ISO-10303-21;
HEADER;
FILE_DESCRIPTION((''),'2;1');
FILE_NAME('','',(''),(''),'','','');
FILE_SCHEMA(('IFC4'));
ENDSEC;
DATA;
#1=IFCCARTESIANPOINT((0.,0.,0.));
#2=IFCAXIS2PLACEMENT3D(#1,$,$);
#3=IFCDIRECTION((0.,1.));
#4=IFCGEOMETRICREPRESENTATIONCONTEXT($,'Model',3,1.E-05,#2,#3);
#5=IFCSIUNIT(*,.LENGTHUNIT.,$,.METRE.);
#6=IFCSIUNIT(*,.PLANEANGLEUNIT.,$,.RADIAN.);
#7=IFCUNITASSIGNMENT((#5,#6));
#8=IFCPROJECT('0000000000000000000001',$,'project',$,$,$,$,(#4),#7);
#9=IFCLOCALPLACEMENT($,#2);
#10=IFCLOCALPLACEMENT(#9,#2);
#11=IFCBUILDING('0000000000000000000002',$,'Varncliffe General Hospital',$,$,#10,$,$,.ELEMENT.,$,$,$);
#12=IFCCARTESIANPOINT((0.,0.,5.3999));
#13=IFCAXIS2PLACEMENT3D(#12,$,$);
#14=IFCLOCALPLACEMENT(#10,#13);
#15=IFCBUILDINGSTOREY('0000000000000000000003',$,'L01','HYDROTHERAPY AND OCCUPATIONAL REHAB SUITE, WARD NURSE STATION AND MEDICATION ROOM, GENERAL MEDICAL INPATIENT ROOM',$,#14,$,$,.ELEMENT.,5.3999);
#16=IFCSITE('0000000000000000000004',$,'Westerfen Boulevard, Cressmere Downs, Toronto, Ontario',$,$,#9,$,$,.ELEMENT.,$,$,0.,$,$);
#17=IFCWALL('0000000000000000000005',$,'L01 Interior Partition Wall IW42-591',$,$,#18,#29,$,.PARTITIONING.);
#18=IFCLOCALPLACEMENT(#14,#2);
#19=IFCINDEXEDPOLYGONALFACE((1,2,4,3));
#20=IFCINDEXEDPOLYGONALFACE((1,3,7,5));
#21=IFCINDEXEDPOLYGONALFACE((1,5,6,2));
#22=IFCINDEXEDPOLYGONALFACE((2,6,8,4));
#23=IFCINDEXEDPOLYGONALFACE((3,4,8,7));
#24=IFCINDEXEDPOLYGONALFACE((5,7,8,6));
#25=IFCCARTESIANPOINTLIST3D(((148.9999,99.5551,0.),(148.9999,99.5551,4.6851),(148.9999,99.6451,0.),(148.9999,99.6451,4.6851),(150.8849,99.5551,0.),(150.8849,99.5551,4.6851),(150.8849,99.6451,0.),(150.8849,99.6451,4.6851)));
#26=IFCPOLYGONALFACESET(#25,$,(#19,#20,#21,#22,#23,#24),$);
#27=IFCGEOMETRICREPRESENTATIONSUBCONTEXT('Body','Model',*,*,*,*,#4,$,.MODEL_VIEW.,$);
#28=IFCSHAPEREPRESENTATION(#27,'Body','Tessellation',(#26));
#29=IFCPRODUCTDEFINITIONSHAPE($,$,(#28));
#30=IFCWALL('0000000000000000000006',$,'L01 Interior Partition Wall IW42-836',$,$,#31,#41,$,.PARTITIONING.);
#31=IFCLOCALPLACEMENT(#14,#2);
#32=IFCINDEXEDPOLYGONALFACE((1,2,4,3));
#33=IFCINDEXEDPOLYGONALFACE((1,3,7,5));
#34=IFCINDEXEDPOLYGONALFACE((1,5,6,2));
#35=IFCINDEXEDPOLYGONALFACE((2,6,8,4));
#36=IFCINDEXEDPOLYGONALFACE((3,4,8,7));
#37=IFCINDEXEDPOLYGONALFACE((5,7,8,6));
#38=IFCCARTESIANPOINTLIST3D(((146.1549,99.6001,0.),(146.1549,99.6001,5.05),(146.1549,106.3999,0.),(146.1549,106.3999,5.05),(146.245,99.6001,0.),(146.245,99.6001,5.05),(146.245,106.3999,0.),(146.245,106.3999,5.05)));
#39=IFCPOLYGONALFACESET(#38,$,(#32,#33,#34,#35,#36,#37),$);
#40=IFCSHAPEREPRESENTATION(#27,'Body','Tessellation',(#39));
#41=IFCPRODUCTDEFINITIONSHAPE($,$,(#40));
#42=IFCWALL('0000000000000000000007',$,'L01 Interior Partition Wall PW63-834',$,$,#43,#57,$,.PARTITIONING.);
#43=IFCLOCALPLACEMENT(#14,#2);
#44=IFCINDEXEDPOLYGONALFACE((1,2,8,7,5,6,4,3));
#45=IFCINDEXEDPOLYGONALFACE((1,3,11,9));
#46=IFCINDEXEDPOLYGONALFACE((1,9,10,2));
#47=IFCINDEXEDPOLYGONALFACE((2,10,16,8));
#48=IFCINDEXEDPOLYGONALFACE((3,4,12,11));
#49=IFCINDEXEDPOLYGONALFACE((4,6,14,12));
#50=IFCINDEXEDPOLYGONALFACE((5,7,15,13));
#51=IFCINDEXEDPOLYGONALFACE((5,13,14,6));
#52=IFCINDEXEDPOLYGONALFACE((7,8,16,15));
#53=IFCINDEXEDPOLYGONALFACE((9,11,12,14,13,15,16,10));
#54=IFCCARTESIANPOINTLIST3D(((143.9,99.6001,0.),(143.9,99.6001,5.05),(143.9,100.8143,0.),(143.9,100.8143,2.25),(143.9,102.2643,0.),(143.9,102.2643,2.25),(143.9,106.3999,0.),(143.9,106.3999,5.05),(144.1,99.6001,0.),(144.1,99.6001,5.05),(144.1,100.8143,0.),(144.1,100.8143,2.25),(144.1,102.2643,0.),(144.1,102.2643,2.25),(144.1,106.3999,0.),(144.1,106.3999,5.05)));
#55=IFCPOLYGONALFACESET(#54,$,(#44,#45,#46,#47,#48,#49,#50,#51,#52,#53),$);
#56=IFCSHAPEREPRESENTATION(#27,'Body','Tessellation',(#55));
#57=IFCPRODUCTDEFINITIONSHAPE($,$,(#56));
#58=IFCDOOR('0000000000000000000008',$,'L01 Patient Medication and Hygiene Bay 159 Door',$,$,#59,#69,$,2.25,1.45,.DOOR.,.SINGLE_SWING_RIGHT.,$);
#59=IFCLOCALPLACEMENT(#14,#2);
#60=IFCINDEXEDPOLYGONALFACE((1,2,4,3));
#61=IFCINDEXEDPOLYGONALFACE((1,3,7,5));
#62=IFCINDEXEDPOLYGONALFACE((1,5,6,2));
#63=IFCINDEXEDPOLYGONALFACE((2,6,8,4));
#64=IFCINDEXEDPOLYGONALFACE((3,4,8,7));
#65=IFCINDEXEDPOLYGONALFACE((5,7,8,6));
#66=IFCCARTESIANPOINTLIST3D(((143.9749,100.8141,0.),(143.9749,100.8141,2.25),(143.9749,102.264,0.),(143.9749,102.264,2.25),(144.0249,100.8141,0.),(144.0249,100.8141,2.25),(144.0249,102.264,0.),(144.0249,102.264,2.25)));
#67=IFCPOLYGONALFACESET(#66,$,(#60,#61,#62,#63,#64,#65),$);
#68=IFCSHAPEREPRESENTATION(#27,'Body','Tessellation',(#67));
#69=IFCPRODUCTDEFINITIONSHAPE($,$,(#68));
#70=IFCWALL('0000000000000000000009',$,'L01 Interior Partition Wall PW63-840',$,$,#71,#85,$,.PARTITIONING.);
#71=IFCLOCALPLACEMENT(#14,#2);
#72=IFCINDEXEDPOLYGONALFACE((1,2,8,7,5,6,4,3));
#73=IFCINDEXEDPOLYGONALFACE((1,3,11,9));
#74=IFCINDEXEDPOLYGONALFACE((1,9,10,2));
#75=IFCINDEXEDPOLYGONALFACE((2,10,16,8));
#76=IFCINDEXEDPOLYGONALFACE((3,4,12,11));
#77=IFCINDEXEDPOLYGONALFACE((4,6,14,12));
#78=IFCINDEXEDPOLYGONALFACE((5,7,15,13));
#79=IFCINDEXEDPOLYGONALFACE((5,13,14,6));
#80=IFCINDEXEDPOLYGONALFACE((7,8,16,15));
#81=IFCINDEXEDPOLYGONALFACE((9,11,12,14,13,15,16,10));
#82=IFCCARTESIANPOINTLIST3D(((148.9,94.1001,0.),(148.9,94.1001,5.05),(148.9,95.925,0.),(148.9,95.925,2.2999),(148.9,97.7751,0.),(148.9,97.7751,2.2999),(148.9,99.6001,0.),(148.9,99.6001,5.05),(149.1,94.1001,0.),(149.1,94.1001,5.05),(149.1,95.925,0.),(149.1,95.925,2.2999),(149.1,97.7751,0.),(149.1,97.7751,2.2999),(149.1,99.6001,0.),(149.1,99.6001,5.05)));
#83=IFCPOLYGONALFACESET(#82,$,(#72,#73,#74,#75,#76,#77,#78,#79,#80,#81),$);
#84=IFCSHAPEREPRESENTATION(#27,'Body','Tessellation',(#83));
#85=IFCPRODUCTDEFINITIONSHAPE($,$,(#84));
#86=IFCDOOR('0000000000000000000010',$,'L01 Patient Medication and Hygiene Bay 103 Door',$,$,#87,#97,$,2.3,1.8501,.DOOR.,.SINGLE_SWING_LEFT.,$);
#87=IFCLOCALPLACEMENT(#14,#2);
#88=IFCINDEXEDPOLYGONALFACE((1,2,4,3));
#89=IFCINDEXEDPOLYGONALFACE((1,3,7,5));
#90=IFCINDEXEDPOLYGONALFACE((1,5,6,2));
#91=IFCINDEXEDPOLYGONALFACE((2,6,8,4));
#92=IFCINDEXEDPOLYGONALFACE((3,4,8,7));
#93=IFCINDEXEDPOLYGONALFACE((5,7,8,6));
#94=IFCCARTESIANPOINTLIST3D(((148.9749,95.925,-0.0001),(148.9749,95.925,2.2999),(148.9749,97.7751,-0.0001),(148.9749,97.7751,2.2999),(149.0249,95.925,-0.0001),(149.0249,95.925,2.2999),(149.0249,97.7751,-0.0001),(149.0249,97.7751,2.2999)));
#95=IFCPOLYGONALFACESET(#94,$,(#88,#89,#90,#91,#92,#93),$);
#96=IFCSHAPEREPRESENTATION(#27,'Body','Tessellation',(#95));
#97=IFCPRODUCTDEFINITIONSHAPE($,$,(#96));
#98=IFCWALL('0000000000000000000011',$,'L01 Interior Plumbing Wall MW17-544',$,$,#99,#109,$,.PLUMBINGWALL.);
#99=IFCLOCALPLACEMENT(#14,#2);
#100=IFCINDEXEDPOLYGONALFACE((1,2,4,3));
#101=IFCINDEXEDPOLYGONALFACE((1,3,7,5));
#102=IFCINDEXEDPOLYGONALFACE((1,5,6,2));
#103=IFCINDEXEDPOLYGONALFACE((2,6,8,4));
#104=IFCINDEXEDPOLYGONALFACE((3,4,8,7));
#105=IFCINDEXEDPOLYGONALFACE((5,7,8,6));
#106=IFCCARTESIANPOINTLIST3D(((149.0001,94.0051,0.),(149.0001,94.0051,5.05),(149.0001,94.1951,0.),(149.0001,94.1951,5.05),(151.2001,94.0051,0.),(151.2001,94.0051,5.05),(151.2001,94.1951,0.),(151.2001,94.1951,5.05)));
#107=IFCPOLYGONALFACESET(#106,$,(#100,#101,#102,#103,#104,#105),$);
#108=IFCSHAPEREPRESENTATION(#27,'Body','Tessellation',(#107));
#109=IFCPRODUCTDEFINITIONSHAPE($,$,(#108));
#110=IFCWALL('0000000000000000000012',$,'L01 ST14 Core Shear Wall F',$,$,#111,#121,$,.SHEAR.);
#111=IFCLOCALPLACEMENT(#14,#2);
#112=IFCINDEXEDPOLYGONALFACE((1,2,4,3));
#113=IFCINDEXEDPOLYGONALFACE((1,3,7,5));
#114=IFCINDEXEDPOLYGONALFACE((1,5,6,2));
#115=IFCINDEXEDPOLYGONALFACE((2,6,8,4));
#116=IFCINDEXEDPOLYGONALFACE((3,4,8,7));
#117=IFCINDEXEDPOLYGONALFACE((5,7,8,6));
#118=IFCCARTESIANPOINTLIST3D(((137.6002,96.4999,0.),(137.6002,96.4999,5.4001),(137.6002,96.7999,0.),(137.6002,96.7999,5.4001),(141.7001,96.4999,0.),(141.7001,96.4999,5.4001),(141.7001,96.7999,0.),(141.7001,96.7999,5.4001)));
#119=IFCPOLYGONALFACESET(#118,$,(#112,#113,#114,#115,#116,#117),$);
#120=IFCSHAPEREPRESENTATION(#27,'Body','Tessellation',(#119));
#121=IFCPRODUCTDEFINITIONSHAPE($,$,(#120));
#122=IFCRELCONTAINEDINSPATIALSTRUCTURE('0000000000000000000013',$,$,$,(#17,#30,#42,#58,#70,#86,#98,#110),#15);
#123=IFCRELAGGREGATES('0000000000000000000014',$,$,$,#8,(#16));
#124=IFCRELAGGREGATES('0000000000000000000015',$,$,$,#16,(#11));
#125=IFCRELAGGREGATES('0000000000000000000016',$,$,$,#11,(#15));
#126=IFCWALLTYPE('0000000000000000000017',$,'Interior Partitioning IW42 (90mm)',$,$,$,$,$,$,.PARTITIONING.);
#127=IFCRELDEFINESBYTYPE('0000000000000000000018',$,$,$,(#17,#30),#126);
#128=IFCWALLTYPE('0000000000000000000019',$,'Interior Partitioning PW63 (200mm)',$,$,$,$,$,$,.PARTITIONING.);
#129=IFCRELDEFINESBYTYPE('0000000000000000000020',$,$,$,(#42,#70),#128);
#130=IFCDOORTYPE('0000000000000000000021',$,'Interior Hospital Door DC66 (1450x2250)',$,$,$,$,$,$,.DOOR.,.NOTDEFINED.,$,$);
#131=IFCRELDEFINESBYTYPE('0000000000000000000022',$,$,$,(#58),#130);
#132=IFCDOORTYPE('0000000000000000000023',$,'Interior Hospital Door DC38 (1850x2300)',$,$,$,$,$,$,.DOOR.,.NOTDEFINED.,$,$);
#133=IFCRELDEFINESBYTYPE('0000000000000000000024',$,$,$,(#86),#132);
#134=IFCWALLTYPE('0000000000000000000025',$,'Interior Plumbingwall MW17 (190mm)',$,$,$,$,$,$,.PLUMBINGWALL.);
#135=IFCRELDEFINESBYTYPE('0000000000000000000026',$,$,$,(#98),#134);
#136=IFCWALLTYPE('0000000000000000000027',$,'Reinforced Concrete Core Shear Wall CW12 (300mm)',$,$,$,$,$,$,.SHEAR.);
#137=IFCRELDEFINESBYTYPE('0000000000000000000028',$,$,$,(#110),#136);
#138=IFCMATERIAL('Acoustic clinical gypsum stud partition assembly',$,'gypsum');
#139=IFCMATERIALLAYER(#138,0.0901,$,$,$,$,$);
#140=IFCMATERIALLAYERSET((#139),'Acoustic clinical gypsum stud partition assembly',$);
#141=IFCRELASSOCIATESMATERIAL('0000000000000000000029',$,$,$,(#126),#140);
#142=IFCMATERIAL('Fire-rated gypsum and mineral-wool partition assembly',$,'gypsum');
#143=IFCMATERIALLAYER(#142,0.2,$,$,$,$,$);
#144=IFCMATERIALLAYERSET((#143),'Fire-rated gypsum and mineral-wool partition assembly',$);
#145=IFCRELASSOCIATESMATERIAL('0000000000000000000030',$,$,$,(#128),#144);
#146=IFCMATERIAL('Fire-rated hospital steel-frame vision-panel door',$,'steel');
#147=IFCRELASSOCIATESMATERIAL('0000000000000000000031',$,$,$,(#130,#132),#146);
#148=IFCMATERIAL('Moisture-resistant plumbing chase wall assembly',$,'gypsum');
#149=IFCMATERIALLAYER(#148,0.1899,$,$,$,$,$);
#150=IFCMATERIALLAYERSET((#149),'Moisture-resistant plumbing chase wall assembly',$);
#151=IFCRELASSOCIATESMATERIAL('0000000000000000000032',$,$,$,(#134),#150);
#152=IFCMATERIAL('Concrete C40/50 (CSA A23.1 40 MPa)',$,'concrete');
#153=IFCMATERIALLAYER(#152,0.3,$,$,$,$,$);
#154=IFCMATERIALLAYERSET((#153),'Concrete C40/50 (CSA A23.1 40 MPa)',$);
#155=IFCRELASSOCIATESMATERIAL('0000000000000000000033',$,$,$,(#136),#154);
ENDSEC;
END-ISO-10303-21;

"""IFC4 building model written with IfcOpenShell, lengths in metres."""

from ifc_helpers import new_model, si_unit, direction, frame, frame_2d, origin, place, context, subcontext, project, spatial, rectangle, extrude, material, layer, layer_set, type_object, element, fill, save


model = new_model("IFC4")

# Units and contexts
model_context = context("Model", 3, precision=1e-05, world=origin(), true_north=direction((0.0, 1.0)))
body_context = subcontext(model_context, "Body", "Model", "MODEL_VIEW")
ifc_project = project(units=[si_unit("LENGTHUNIT", "METRE"), si_unit("PLANEANGLEUNIT", "RADIAN")], contexts=[model_context])

# Site, building, storey
site_placement = place(None, origin())
site = spatial("IfcSite", under=ifc_project, at=site_placement, Name="Westerfen Boulevard, Cressmere Downs, Toronto, Ontario", CompositionType="ELEMENT", RefElevation=0.0)
building_placement = place(site_placement, origin())
building = spatial("IfcBuilding", under=site, at=building_placement, Name="Varncliffe General Hospital", CompositionType="ELEMENT")
storey_placement = place(building_placement, frame((0.0, 0.0, 5.3999)))
storey = spatial("IfcBuildingStorey", under=building, at=storey_placement, Name="L01", Description="HYDROTHERAPY AND OCCUPATIONAL REHAB SUITE, WARD NURSE STATION AND MEDICATION ROOM, GENERAL MEDICAL INPATIENT ROOM", CompositionType="ELEMENT", Elevation=5.3999)

# Shared definitions
ifc_material_1 = material(Name="Concrete C40/50 (CSA A23.1 40 MPa)", Category="concrete")

# Walls
ifc_material_2 = material(Name="Acoustic clinical gypsum stud partition assembly", Category="gypsum")
ifc_layer_1 = layer(ifc_material_2, 0.0901)
ifc_layer_set_1 = layer_set([ifc_layer_1], Name="Acoustic clinical gypsum stud partition assembly")
wall_type_1 = type_object("IfcWallType", Name="Interior Partitioning IW42 (90mm)", PredefinedType="PARTITIONING", material=ifc_layer_set_1)
wall_1_placement = place(storey_placement, frame((149.0, 99.6001, 0.0), z_axis=(0.0, 0.0, 1.0), x_axis=(1.0, 0.0, 0.0)))
element("IfcWall", 1, at=wall_1_placement, inside=storey, type_object=wall_type_1, Name="L01 Interior Partition Wall IW42-591", PredefinedType="PARTITIONING", context=body_context, shape_type="SweptSolid", body=[
    extrude(rectangle(XDim=1.885, YDim=0.0901, at=frame_2d((0.9424, 0.0))), origin(), (0.0, 0.0, 1.0), 4.6851),
])
wall_2_placement = place(storey_placement, frame((146.2, 99.6001, 0.0), z_axis=(0.0, 0.0, 1.0), x_axis=(0.0, 1.0, 0.0)))
element("IfcWall", 2, at=wall_2_placement, inside=storey, type_object=wall_type_1, Name="L01 Interior Partition Wall IW42-836", PredefinedType="PARTITIONING", context=body_context, shape_type="SweptSolid", body=[
    extrude(rectangle(XDim=6.7998, YDim=0.0901, at=frame_2d((3.3999, 0.0))), origin(), (0.0, 0.0, 1.0), 5.05),
])

# Walls, openings, doors
ifc_material_3 = material(Name="Fire-rated gypsum and mineral-wool partition assembly", Category="gypsum")
ifc_layer_2 = layer(ifc_material_3, 0.2)
ifc_layer_set_2 = layer_set([ifc_layer_2], Name="Fire-rated gypsum and mineral-wool partition assembly")
wall_type_2 = type_object("IfcWallType", Name="Interior Partitioning PW63 (200mm)", PredefinedType="PARTITIONING", material=ifc_layer_set_2)
wall_3_placement = place(storey_placement, frame((144.0, 99.6001, 0.0), z_axis=(0.0, 0.0, 1.0), x_axis=(0.0, 1.0, 0.0)))
wall_3 = element("IfcWall", 3, at=wall_3_placement, inside=storey, type_object=wall_type_2, Name="L01 Interior Partition Wall PW63-834", PredefinedType="PARTITIONING", context=body_context, shape_type="SweptSolid", body=[
    extrude(rectangle(XDim=6.7998, YDim=0.2, at=frame_2d((3.3999, 0.0))), origin(), (0.0, 0.0, 1.0), 5.05),
])
opening_1_placement = place(wall_3_placement, frame((1.2141, 0.0, 0.0)))
opening_1 = element("IfcOpeningElement", 4, at=opening_1_placement, cuts=wall_3, PredefinedType="OPENING", context=body_context, shape_type="SweptSolid", body=[
    extrude(rectangle(XDim=1.45, YDim=2.25, at=frame_2d((0.7251, 1.125))), frame((0.0, 0.1099, 0.0), z_axis=(0.0, -1.0, 0.0), x_axis=(1.0, 0.0, 0.0)), (0.0, 0.0, 1.0), 0.22),
])
ifc_material_4 = material(Name="Fire-rated hospital steel-frame vision-panel door", Category="steel")
door_type_1 = type_object("IfcDoorType", Name="Interior Hospital Door DC66 (1450x2250)", OperationType="NOTDEFINED", PredefinedType="DOOR", material=ifc_material_4)
door_1_placement = place(opening_1_placement, frame((1.45, 0.0, 0.0), z_axis=(0.0, 0.0, 1.0), x_axis=(-1.0, 0.0, 0.0)))
door_1 = element("IfcDoor", 5, at=door_1_placement, inside=storey, type_object=door_type_1, Name="L01 Patient Medication and Hygiene Bay 159 Door", OperationType="SINGLE_SWING_RIGHT", OverallHeight=2.25, OverallWidth=1.45, PredefinedType="DOOR", context=body_context, shape_type="SweptSolid", body=[
    extrude(rectangle(XDim=1.45, YDim=2.25, at=frame_2d((0.7251, 1.125))), frame((0.0, 0.0249, 0.0), z_axis=(0.0, -1.0, 0.0), x_axis=(1.0, 0.0, 0.0)), (0.0, 0.0, 1.0), 0.05),
])
fill(opening_1, door_1)
wall_4_placement = place(storey_placement, frame((149.0, 94.1001, 0.0), z_axis=(0.0, 0.0, 1.0), x_axis=(0.0, 1.0, 0.0)))
wall_4 = element("IfcWall", 6, at=wall_4_placement, inside=storey, type_object=wall_type_2, Name="L01 Interior Partition Wall PW63-840", PredefinedType="PARTITIONING", context=body_context, shape_type="SweptSolid", body=[
    extrude(rectangle(XDim=5.5, YDim=0.2, at=frame_2d((2.75, 0.0))), origin(), (0.0, 0.0, 1.0), 5.05),
])
opening_2_placement = place(wall_4_placement, frame((1.825, 0.0, 0.0)))
opening_2 = element("IfcOpeningElement", 7, at=opening_2_placement, cuts=wall_4, PredefinedType="OPENING", context=body_context, shape_type="SweptSolid", body=[
    extrude(rectangle(XDim=1.8501, YDim=2.3, at=frame_2d((0.925, 1.1499))), frame((0.0, 0.1099, 0.0), z_axis=(0.0, -1.0, 0.0), x_axis=(1.0, 0.0, 0.0)), (0.0, 0.0, 1.0), 0.22),
])
door_type_2 = type_object("IfcDoorType", Name="Interior Hospital Door DC38 (1850x2300)", OperationType="NOTDEFINED", PredefinedType="DOOR", material=ifc_material_4)
door_2_placement = place(opening_2_placement, frame((1.8501, 0.0, 0.0), z_axis=(0.0, 0.0, 1.0), x_axis=(-1.0, 0.0, 0.0)))
door_2 = element("IfcDoor", 8, at=door_2_placement, inside=storey, type_object=door_type_2, Name="L01 Patient Medication and Hygiene Bay 103 Door", OperationType="SINGLE_SWING_LEFT", OverallHeight=2.3, OverallWidth=1.8501, PredefinedType="DOOR", context=body_context, shape_type="SweptSolid", body=[
    extrude(rectangle(XDim=1.8501, YDim=2.3, at=frame_2d((0.925, 1.1499))), frame((0.0, 0.0249, 0.0), z_axis=(0.0, -1.0, 0.0), x_axis=(1.0, 0.0, 0.0)), (0.0, 0.0, 1.0), 0.05),
])
fill(opening_2, door_2)

# Walls
ifc_material_5 = material(Name="Moisture-resistant plumbing chase wall assembly", Category="gypsum")
ifc_layer_3 = layer(ifc_material_5, 0.1899)
ifc_layer_set_3 = layer_set([ifc_layer_3], Name="Moisture-resistant plumbing chase wall assembly")
wall_type_3 = type_object("IfcWallType", Name="Interior Plumbingwall MW17 (190mm)", PredefinedType="PLUMBINGWALL", material=ifc_layer_set_3)
wall_5_placement = place(storey_placement, frame((149.0, 94.1001, 0.0), z_axis=(0.0, 0.0, 1.0), x_axis=(1.0, 0.0, 0.0)))
element("IfcWall", 9, at=wall_5_placement, inside=storey, type_object=wall_type_3, Name="L01 Interior Plumbing Wall MW17-544", PredefinedType="PLUMBINGWALL", context=body_context, shape_type="SweptSolid", body=[
    extrude(rectangle(XDim=2.2, YDim=0.1899, at=frame_2d((1.1001, 0.0))), origin(), (0.0, 0.0, 1.0), 5.05),
])
ifc_layer_4 = layer(ifc_material_1, 0.3)
ifc_layer_set_4 = layer_set([ifc_layer_4], Name="Concrete C40/50 (CSA A23.1 40 MPa)")
wall_type_4 = type_object("IfcWallType", Name="Reinforced Concrete Core Shear Wall CW12 (300mm)", PredefinedType="SHEAR", material=ifc_layer_set_4)
wall_6_placement = place(storey_placement, frame((141.7, 96.6499, 0.0), z_axis=(0.0, 0.0, 1.0), x_axis=(-1.0, 0.0, 0.0)))
element("IfcWall", 10, at=wall_6_placement, inside=storey, type_object=wall_type_4, Name="L01 ST14 Core Shear Wall F", PredefinedType="SHEAR", context=body_context, shape_type="SweptSolid", body=[
    extrude(rectangle(XDim=4.0999, YDim=0.3, at=frame_2d((2.0498, 0.0))), origin(), (0.0, 0.0, 1.0), 5.4001),
])

save(model, "model.ifc")
